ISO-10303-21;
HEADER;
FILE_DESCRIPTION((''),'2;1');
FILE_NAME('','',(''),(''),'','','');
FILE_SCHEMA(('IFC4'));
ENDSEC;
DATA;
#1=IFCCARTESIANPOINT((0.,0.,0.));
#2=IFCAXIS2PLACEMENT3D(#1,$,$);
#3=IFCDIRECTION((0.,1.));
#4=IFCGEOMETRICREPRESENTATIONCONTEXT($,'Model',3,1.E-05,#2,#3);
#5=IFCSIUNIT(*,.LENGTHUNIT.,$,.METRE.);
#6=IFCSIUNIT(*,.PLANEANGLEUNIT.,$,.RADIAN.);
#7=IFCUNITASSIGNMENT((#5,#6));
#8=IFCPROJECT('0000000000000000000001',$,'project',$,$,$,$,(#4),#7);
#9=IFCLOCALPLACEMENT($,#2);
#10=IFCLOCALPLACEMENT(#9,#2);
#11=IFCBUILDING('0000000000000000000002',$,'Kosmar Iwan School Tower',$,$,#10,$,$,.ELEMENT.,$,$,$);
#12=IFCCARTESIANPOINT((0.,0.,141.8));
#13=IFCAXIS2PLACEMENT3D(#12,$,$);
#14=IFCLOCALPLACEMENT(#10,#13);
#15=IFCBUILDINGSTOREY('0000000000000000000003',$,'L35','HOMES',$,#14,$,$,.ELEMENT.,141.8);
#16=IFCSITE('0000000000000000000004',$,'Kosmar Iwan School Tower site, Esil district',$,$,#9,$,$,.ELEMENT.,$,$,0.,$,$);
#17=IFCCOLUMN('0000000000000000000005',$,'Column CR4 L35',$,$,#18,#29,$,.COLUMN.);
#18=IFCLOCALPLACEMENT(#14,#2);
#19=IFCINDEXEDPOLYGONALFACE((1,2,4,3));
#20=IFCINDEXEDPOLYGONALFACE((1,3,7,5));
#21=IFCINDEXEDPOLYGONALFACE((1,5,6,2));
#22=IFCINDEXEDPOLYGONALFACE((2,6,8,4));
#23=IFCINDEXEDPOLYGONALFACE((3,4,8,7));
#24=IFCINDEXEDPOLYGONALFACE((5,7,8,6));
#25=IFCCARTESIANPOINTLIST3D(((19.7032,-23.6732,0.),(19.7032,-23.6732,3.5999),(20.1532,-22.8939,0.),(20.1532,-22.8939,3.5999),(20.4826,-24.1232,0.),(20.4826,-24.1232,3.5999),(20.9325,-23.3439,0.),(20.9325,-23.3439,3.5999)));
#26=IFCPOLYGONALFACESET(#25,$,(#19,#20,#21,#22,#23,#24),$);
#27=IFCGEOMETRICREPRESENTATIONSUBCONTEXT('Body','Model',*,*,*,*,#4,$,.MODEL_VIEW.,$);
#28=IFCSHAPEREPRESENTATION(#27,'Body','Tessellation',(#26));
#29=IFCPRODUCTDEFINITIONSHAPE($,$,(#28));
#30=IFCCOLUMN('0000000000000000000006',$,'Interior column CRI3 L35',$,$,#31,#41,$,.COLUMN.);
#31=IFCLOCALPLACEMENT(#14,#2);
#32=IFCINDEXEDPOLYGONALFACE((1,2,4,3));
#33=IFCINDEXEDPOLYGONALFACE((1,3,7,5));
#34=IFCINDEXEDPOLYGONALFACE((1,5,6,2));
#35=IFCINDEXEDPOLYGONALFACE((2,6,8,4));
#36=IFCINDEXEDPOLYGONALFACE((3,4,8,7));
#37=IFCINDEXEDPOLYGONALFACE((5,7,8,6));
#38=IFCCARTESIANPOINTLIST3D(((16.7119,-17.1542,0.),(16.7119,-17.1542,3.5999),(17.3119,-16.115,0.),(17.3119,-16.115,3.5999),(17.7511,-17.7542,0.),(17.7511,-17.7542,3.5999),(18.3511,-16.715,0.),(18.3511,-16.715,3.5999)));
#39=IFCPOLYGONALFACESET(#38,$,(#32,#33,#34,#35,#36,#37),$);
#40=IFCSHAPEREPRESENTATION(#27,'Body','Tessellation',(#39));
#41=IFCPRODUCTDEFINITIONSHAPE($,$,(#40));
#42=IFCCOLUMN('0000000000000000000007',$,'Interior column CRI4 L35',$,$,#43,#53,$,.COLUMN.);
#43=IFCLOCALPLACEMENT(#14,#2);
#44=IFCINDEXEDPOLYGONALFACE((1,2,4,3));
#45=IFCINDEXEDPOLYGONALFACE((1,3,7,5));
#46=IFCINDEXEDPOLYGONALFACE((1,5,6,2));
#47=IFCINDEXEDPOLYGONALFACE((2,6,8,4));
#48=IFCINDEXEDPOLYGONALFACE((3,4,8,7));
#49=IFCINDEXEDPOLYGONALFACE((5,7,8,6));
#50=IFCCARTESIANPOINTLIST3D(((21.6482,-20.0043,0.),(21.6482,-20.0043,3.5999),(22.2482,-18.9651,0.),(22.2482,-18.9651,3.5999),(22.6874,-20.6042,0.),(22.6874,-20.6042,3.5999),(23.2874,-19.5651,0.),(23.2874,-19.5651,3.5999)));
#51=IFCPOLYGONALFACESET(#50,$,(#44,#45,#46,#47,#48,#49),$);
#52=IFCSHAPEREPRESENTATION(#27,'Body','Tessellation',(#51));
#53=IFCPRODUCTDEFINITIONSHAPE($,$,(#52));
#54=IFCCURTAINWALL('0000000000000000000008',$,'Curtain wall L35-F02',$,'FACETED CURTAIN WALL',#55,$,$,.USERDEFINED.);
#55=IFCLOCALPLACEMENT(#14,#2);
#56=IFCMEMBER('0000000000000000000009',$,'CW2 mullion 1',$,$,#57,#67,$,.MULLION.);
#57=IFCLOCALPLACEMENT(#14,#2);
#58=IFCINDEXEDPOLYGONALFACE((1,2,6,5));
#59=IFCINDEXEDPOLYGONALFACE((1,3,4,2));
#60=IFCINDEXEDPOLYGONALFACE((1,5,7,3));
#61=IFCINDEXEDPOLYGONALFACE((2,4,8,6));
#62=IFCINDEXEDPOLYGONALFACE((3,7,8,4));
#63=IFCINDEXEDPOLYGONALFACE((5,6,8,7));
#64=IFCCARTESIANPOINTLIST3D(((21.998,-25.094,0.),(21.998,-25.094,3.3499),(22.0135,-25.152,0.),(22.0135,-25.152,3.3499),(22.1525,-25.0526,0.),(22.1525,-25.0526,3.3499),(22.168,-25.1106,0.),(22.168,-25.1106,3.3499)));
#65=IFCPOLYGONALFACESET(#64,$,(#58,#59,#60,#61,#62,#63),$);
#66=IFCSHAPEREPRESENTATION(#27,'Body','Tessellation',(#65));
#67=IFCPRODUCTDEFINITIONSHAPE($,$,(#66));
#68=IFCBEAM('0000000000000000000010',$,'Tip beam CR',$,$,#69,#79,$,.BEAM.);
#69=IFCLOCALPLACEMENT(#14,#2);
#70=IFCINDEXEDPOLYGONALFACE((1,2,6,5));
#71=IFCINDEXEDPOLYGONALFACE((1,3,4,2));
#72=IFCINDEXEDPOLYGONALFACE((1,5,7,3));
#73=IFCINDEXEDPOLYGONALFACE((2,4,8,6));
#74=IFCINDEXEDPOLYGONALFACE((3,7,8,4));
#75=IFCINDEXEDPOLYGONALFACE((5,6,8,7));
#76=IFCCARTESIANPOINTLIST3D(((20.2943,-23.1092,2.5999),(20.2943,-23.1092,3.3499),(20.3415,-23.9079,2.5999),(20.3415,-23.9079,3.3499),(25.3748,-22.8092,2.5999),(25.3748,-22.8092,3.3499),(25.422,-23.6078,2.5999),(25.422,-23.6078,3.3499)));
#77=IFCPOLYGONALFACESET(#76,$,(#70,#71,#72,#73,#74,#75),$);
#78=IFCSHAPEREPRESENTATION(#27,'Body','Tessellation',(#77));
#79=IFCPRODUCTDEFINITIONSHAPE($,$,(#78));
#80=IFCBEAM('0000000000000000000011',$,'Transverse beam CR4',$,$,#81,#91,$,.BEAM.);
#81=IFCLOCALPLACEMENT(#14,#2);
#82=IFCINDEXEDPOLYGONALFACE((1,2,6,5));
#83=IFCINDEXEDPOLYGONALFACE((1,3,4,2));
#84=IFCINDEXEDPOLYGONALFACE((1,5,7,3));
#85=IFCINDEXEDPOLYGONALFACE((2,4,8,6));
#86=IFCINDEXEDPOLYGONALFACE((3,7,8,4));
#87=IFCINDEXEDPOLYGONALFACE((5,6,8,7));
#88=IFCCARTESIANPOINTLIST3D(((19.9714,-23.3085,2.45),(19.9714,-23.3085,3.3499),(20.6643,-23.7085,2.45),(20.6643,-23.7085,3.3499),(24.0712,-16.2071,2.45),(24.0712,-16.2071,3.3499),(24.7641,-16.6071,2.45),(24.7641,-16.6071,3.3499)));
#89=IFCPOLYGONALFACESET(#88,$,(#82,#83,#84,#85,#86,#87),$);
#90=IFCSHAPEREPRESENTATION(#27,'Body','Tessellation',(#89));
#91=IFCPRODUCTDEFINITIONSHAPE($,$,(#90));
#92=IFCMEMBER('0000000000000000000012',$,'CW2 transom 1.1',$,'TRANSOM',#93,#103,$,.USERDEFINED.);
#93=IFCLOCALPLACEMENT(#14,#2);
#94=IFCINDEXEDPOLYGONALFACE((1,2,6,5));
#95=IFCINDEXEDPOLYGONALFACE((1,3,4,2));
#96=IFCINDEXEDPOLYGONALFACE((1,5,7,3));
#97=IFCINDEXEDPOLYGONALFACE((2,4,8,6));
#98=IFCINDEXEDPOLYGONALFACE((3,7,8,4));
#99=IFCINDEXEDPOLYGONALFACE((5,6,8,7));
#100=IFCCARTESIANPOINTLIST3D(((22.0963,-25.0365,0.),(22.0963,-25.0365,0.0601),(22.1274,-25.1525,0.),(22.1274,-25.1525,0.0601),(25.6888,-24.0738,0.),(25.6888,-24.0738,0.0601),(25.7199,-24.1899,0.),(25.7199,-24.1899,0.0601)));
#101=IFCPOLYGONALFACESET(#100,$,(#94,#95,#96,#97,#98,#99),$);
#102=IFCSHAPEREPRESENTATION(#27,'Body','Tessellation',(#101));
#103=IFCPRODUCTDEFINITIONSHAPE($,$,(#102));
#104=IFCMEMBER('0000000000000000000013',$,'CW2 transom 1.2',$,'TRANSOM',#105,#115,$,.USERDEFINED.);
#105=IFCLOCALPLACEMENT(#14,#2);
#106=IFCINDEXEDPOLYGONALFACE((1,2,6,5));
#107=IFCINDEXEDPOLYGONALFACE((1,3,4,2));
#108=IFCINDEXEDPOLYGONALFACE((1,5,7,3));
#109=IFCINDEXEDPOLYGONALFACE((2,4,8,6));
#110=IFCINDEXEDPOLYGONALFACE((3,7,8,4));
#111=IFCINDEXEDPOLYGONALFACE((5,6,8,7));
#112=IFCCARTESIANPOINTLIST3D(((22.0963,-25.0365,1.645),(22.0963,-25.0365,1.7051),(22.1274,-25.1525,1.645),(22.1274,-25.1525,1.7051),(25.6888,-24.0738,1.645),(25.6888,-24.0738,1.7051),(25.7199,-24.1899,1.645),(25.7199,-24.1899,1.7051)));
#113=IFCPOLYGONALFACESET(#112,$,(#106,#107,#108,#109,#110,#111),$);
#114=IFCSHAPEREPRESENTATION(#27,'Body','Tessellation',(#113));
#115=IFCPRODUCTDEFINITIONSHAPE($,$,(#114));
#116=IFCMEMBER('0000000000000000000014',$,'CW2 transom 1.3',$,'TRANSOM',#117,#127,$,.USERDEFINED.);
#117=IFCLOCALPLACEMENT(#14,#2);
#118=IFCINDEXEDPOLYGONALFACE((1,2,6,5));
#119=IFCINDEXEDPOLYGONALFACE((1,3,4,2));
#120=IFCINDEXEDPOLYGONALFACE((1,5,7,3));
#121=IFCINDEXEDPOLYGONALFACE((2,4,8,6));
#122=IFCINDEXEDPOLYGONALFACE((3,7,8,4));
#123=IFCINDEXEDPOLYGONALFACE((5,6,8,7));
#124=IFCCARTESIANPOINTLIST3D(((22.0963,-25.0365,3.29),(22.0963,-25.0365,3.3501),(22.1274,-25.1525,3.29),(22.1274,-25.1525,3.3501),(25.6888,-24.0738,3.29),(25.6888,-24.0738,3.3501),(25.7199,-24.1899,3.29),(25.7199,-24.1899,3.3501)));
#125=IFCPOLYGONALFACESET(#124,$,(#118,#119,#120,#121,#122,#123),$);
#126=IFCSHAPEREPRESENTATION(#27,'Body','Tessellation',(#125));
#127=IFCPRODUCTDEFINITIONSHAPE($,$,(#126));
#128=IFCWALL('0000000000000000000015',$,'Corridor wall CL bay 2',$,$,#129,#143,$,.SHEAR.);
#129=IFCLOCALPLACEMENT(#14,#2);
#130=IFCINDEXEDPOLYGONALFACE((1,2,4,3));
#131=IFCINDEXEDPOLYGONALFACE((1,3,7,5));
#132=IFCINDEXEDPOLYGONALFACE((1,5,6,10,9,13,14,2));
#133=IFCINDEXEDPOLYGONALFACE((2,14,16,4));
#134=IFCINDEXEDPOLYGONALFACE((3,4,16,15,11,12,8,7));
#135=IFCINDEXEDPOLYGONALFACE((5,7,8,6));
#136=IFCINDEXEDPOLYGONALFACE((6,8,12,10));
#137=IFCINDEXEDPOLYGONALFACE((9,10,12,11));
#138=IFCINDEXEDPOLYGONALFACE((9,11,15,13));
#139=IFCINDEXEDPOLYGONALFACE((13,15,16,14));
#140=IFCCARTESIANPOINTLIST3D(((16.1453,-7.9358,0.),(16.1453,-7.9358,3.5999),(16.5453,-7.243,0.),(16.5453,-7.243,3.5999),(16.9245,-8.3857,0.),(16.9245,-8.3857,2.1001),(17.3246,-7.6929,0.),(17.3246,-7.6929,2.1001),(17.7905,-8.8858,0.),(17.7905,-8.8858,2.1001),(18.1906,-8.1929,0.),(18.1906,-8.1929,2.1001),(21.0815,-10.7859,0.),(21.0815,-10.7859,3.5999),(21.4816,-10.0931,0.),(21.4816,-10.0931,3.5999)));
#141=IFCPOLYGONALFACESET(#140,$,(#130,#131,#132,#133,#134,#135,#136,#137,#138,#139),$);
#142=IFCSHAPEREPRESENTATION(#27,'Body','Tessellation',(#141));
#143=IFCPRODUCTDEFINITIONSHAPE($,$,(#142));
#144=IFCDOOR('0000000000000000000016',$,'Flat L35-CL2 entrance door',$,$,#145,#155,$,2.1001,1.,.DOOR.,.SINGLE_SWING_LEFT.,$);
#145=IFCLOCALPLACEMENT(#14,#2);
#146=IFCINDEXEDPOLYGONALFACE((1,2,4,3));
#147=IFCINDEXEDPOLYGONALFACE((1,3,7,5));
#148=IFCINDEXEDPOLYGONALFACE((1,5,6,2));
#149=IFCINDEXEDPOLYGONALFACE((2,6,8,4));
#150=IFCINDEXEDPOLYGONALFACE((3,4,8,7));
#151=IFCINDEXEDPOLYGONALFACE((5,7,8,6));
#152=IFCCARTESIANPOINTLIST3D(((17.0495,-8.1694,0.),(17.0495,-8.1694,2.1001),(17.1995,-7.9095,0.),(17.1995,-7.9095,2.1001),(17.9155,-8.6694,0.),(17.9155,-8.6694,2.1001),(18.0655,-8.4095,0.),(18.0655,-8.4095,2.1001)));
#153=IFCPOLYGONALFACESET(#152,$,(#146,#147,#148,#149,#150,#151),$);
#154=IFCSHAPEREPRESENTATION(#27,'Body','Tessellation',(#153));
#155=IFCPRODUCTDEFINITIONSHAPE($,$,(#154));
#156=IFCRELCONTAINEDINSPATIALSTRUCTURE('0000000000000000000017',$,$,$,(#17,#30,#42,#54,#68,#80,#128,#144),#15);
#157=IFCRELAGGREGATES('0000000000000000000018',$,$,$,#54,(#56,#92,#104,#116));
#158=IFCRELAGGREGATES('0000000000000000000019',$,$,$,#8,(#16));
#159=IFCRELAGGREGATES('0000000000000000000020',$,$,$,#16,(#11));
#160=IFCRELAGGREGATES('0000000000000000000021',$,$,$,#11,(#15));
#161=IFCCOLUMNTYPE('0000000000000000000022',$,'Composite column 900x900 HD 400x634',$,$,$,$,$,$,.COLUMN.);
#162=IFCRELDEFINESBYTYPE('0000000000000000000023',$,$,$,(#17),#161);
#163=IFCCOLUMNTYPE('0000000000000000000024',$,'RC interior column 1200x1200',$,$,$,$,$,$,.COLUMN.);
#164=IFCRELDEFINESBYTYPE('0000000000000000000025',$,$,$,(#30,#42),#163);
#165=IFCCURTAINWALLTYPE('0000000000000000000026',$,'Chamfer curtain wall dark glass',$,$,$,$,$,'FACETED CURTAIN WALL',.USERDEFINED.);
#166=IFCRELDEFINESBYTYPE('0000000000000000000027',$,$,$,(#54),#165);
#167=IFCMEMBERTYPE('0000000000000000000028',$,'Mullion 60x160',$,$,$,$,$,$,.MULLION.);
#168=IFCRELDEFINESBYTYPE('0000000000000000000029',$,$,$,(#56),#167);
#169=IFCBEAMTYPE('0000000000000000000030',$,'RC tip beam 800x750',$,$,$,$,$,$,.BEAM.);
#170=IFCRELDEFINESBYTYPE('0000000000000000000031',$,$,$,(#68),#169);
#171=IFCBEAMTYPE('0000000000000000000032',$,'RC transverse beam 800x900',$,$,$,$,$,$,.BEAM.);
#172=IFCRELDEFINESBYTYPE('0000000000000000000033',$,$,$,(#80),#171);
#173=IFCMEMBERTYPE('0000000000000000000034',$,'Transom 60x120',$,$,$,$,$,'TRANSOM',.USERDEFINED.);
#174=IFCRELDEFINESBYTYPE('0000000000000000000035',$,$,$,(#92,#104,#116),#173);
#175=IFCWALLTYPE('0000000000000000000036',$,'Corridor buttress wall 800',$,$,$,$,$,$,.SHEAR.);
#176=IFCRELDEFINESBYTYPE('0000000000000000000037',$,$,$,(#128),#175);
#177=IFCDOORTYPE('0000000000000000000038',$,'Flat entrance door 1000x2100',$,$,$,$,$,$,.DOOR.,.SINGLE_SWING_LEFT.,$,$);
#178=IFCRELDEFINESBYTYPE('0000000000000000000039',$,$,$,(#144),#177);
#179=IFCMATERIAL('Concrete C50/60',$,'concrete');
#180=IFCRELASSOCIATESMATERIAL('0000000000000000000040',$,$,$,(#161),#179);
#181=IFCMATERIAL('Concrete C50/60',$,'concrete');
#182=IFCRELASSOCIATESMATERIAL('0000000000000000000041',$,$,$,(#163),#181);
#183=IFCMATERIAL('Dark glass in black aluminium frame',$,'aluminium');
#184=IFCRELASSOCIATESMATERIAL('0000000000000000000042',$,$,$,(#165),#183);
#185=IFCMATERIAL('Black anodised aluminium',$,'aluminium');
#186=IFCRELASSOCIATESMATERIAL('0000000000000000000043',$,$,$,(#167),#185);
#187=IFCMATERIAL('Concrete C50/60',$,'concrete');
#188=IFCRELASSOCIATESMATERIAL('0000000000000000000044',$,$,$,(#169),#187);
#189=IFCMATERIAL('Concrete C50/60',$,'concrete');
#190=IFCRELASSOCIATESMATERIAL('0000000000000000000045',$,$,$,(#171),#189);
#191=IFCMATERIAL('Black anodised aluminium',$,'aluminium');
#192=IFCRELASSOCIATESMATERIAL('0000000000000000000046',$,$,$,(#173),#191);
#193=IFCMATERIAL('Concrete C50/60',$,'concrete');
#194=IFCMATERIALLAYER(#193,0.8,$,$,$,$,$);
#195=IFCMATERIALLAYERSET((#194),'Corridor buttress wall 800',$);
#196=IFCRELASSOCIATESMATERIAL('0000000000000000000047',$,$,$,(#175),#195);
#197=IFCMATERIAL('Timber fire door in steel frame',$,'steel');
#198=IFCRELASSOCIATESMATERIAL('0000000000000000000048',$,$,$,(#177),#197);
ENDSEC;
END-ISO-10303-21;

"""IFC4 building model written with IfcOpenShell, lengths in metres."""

from ifc_helpers import new_model, si_unit, direction, frame, frame_2d, origin, origin_2d, place, context, subcontext, project, spatial, rectangle, extrude, material, layer, layer_set, material_profile, profile_set, type_object, element, fill, aggregate, save


model = new_model("IFC4")

# Units and contexts
model_context = context("Model", 3, precision=1e-05, world=origin(), true_north=direction((0.0, 1.0)))
body_context = subcontext(model_context, "Body", "Model", "MODEL_VIEW")
ifc_project = project(units=[si_unit("LENGTHUNIT", "METRE"), si_unit("PLANEANGLEUNIT", "RADIAN")], contexts=[model_context])

# Site, building, storey
site_placement = place(None, origin())
site = spatial("IfcSite", under=ifc_project, at=site_placement, Name="Kosmar Iwan School Tower site, Esil district", CompositionType="ELEMENT", RefElevation=0.0)
building_placement = place(site_placement, origin())
building = spatial("IfcBuilding", under=site, at=building_placement, Name="Kosmar Iwan School Tower", CompositionType="ELEMENT")
storey_placement = place(building_placement, frame((0.0, 0.0, 141.8)))
storey = spatial("IfcBuildingStorey", under=building, at=storey_placement, Name="L35", Description="HOMES", CompositionType="ELEMENT", Elevation=141.8)

# Columns
ifc_material_1 = material(Name="Concrete C50/60", Category="concrete")
ifc_material_profile_1 = material_profile(ifc_material_1, rectangle(XDim=0.8999, YDim=0.8999, at=origin_2d()), Name="RC 900x900 + HD 400x634")
ifc_profile_set_1 = profile_set([ifc_material_profile_1], Name="Concrete C50/60")
column_type_1 = type_object("IfcColumnType", Name="Composite column 900x900 HD 400x634", PredefinedType="COLUMN", material=ifc_profile_set_1)
column_placement = place(storey_placement, frame((20.3179, -23.5085, 0.0), z_axis=(0.0, 0.0, 1.0), x_axis=(0.866025, -0.5, 0.0)))
element("IfcColumn", 1, at=column_placement, inside=storey, type_object=column_type_1, Name="Column CR4 L35", PredefinedType="COLUMN", context=body_context, shape_type="SweptSolid", body=[
    extrude(rectangle(XDim=0.8999, YDim=0.8999, at=origin_2d()), origin(), (0.0, 0.0, 1.0), 3.5999),
])
ifc_material_2 = material(Name="Concrete C50/60", Category="concrete")
ifc_material_profile_2 = material_profile(ifc_material_2, rectangle(XDim=1.2, YDim=1.2, at=origin_2d()), Name="RC 1200x1200")
ifc_profile_set_2 = profile_set([ifc_material_profile_2], Name="Concrete C50/60")
column_type_2 = type_object("IfcColumnType", Name="RC interior column 1200x1200", PredefinedType="COLUMN", material=ifc_profile_set_2)
for number, where, z_axis, x_axis, name in (
    (2, (17.5315, -16.9346, 0.0), (0.0, 0.0, 1.0), (0.866025, -0.5, 0.0), "Interior column CRI3 L35"),
    (3, (22.4678, -19.7847, 0.0), (0.0, 0.0, 1.0), (0.866025, -0.5, 0.0), "Interior column CRI4 L35"),
):
    element("IfcColumn", number, at=place(storey_placement, frame(where, z_axis=z_axis, x_axis=x_axis)), inside=storey, type_object=column_type_2, Name=name, PredefinedType="COLUMN", context=body_context, shape_type="SweptSolid", body=[
        extrude(rectangle(XDim=1.2, YDim=1.2, at=origin_2d()), origin(), (0.0, 0.0, 1.0), 3.5999),
    ])

# Curtain wall, member
ifc_material_3 = material(Name="Dark glass in black aluminium frame", Category="aluminium")
curtain_wall_type = type_object("IfcCurtainWallType", Name="Chamfer curtain wall dark glass", ElementType="FACETED CURTAIN WALL", PredefinedType="USERDEFINED", material=ifc_material_3)
curtain_wall_placement = place(storey_placement, origin())
curtain_wall = element("IfcCurtainWall", 4, at=curtain_wall_placement, inside=storey, type_object=curtain_wall_type, Name="Curtain wall L35-F02", ObjectType="FACETED CURTAIN WALL", PredefinedType="USERDEFINED")
ifc_material_4 = material(Name="Black anodised aluminium", Category="aluminium")
ifc_material_profile_3 = material_profile(ifc_material_4, rectangle(XDim=0.0601, YDim=0.1599, at=origin_2d()), Name="MULLION 60x160")
ifc_profile_set_3 = profile_set([ifc_material_profile_3], Name="Black anodised aluminium")
member_type_1 = type_object("IfcMemberType", Name="Mullion 60x160", PredefinedType="MULLION", material=ifc_profile_set_3)
member_1_placement = place(storey_placement, frame((22.083, -25.1023, 0.0), z_axis=(0.0, 0.0, 1.0), x_axis=(-0.258819, 0.965926, 0.0)))
member_1 = element("IfcMember", 5, at=member_1_placement, type_object=member_type_1, Name="CW2 mullion 1", PredefinedType="MULLION", context=body_context, shape_type="SweptSolid", body=[
    extrude(rectangle(XDim=0.0601, YDim=0.1599, at=origin_2d()), origin(), (0.0, 0.0, 1.0), 3.3499),
])

# Beams
ifc_material_5 = material(Name="Concrete C50/60", Category="concrete")
ifc_material_profile_4 = material_profile(ifc_material_5, rectangle(XDim=0.8, YDim=0.75, at=origin_2d()), Name="RC 800x750")
ifc_profile_set_4 = profile_set([ifc_material_profile_4], Name="Concrete C50/60")
beam_type_1 = type_object("IfcBeamType", Name="RC tip beam 800x750", PredefinedType="BEAM", material=ifc_profile_set_4)
beam_1_placement = place(storey_placement, frame((20.3179, -23.5085, 2.9749), z_axis=(0.998261, 0.058955, 0.0), x_axis=(-0.058955, 0.998261, 0.0)))
element("IfcBeam", 6, at=beam_1_placement, inside=storey, type_object=beam_type_1, Name="Tip beam CR", PredefinedType="BEAM", context=body_context, shape_type="SweptSolid", body=[
    extrude(rectangle(XDim=0.8, YDim=0.75, at=origin_2d()), origin(), (0.0, 0.0, 1.0), 5.0894),
])
ifc_material_6 = material(Name="Concrete C50/60", Category="concrete")
ifc_material_profile_5 = material_profile(ifc_material_6, rectangle(XDim=0.8, YDim=0.8999, at=origin_2d()), Name="RC 800x900")
ifc_profile_set_5 = profile_set([ifc_material_profile_5], Name="Concrete C50/60")
beam_type_2 = type_object("IfcBeamType", Name="RC transverse beam 800x900", PredefinedType="BEAM", material=ifc_profile_set_5)
beam_2_placement = place(storey_placement, frame((20.3179, -23.5085, 2.8999), z_axis=(0.499978, 0.866038, 0.0), x_axis=(-0.866038, 0.499978, 0.0)))
element("IfcBeam", 7, at=beam_2_placement, inside=storey, type_object=beam_type_2, Name="Transverse beam CR4", PredefinedType="BEAM", context=body_context, shape_type="SweptSolid", body=[
    extrude(rectangle(XDim=0.8, YDim=0.8999, at=origin_2d()), origin(), (0.0, 0.0, 1.0), 8.2),
])

# Members
ifc_material_7 = material(Name="Black anodised aluminium", Category="aluminium")
ifc_material_profile_6 = material_profile(ifc_material_7, rectangle(XDim=0.1201, YDim=0.0601, at=origin_2d()), Name="TRANSOM 60x120")
ifc_profile_set_6 = profile_set([ifc_material_profile_6], Name="Black anodised aluminium")
member_type_2 = type_object("IfcMemberType", Name="Transom 60x120", ElementType="TRANSOM", PredefinedType="USERDEFINED", material=ifc_profile_set_6)
member_2_placement = place(storey_placement, frame((22.1118, -25.0945, 0.03), z_axis=(0.965924, 0.258827, 0.0), x_axis=(-0.258827, 0.965924, 0.0)))
member_2 = element("IfcMember", 8, at=member_2_placement, type_object=member_type_2, Name="CW2 transom 1.1", ObjectType="TRANSOM", PredefinedType="USERDEFINED", context=body_context, shape_type="SweptSolid", body=[
    extrude(rectangle(XDim=0.1201, YDim=0.0601, at=origin_2d()), origin(), (0.0, 0.0, 1.0), 3.7192),
])
member_3_placement = place(storey_placement, frame((22.1118, -25.0945, 1.675), z_axis=(0.965924, 0.258827, 0.0), x_axis=(-0.258827, 0.965924, 0.0)))
member_3 = element("IfcMember", 9, at=member_3_placement, type_object=member_type_2, Name="CW2 transom 1.2", ObjectType="TRANSOM", PredefinedType="USERDEFINED", context=body_context, shape_type="SweptSolid", body=[
    extrude(rectangle(XDim=0.1201, YDim=0.0601, at=origin_2d()), origin(), (0.0, 0.0, 1.0), 3.7192),
])
member_4_placement = place(storey_placement, frame((22.1118, -25.0945, 3.3201), z_axis=(0.965924, 0.258827, 0.0), x_axis=(-0.258827, 0.965924, 0.0)))
member_4 = element("IfcMember", 10, at=member_4_placement, type_object=member_type_2, Name="CW2 transom 1.3", ObjectType="TRANSOM", PredefinedType="USERDEFINED", context=body_context, shape_type="SweptSolid", body=[
    extrude(rectangle(XDim=0.1201, YDim=0.0601, at=origin_2d()), origin(), (0.0, 0.0, 1.0), 3.7192),
])
aggregate(curtain_wall, [member_1, member_2, member_3, member_4])

# Wall, opening, door
ifc_material_8 = material(Name="Concrete C50/60", Category="concrete")
ifc_layer_1 = layer(ifc_material_8, 0.8)
ifc_layer_set_1 = layer_set([ifc_layer_1], Name="Corridor buttress wall 800")
wall_type_1 = type_object("IfcWallType", Name="Corridor buttress wall 800", PredefinedType="SHEAR", material=ifc_layer_set_1)
wall_1_placement = place(storey_placement, frame((16.3452, -7.5894, 0.0), z_axis=(0.0, 0.0, 1.0), x_axis=(0.866015, -0.500018, 0.0)))
wall_1 = element("IfcWall", 11, at=wall_1_placement, inside=storey, type_object=wall_type_1, Name="Corridor wall CL bay 2", PredefinedType="SHEAR", context=body_context, shape_type="SweptSolid", body=[
    extrude(rectangle(XDim=5.7, YDim=0.8, at=frame_2d((2.8501, 0.0))), origin(), (0.0, 0.0, 1.0), 3.5999),
])
opening_1_placement = place(wall_1_placement, frame((0.8999, 0.0, 0.0)))
opening_1 = element("IfcOpeningElement", 12, at=opening_1_placement, cuts=wall_1, PredefinedType="OPENING", context=body_context, shape_type="SweptSolid", body=[
    extrude(rectangle(XDim=1.0, YDim=2.1001, at=frame_2d((0.5, 1.05))), frame((0.0, 0.4121, 0.0), z_axis=(0.0, -1.0, 0.0), x_axis=(1.0, 0.0, 0.0)), (0.0, 0.0, 1.0), 0.824),
])
ifc_material_9 = material(Name="Timber fire door in steel frame", Category="steel")
door_type_1 = type_object("IfcDoorType", Name="Flat entrance door 1000x2100", OperationType="SINGLE_SWING_LEFT", PredefinedType="DOOR", material=ifc_material_9)
door_1_placement = place(opening_1_placement, origin())
door_1 = element("IfcDoor", 13, at=door_1_placement, inside=storey, type_object=door_type_1, Name="Flat L35-CL2 entrance door", OperationType="SINGLE_SWING_LEFT", OverallHeight=2.1001, OverallWidth=1.0, PredefinedType="DOOR", context=body_context, shape_type="SweptSolid", body=[
    extrude(rectangle(XDim=1.0, YDim=2.1001, at=frame_2d((0.5, 1.05))), frame((0.0, 0.1499, 0.0), z_axis=(0.0, -1.0, 0.0), x_axis=(1.0, 0.0, 0.0)), (0.0, 0.0, 1.0), 0.3),
])
fill(opening_1, door_1)

save(model, "model.ifc")
